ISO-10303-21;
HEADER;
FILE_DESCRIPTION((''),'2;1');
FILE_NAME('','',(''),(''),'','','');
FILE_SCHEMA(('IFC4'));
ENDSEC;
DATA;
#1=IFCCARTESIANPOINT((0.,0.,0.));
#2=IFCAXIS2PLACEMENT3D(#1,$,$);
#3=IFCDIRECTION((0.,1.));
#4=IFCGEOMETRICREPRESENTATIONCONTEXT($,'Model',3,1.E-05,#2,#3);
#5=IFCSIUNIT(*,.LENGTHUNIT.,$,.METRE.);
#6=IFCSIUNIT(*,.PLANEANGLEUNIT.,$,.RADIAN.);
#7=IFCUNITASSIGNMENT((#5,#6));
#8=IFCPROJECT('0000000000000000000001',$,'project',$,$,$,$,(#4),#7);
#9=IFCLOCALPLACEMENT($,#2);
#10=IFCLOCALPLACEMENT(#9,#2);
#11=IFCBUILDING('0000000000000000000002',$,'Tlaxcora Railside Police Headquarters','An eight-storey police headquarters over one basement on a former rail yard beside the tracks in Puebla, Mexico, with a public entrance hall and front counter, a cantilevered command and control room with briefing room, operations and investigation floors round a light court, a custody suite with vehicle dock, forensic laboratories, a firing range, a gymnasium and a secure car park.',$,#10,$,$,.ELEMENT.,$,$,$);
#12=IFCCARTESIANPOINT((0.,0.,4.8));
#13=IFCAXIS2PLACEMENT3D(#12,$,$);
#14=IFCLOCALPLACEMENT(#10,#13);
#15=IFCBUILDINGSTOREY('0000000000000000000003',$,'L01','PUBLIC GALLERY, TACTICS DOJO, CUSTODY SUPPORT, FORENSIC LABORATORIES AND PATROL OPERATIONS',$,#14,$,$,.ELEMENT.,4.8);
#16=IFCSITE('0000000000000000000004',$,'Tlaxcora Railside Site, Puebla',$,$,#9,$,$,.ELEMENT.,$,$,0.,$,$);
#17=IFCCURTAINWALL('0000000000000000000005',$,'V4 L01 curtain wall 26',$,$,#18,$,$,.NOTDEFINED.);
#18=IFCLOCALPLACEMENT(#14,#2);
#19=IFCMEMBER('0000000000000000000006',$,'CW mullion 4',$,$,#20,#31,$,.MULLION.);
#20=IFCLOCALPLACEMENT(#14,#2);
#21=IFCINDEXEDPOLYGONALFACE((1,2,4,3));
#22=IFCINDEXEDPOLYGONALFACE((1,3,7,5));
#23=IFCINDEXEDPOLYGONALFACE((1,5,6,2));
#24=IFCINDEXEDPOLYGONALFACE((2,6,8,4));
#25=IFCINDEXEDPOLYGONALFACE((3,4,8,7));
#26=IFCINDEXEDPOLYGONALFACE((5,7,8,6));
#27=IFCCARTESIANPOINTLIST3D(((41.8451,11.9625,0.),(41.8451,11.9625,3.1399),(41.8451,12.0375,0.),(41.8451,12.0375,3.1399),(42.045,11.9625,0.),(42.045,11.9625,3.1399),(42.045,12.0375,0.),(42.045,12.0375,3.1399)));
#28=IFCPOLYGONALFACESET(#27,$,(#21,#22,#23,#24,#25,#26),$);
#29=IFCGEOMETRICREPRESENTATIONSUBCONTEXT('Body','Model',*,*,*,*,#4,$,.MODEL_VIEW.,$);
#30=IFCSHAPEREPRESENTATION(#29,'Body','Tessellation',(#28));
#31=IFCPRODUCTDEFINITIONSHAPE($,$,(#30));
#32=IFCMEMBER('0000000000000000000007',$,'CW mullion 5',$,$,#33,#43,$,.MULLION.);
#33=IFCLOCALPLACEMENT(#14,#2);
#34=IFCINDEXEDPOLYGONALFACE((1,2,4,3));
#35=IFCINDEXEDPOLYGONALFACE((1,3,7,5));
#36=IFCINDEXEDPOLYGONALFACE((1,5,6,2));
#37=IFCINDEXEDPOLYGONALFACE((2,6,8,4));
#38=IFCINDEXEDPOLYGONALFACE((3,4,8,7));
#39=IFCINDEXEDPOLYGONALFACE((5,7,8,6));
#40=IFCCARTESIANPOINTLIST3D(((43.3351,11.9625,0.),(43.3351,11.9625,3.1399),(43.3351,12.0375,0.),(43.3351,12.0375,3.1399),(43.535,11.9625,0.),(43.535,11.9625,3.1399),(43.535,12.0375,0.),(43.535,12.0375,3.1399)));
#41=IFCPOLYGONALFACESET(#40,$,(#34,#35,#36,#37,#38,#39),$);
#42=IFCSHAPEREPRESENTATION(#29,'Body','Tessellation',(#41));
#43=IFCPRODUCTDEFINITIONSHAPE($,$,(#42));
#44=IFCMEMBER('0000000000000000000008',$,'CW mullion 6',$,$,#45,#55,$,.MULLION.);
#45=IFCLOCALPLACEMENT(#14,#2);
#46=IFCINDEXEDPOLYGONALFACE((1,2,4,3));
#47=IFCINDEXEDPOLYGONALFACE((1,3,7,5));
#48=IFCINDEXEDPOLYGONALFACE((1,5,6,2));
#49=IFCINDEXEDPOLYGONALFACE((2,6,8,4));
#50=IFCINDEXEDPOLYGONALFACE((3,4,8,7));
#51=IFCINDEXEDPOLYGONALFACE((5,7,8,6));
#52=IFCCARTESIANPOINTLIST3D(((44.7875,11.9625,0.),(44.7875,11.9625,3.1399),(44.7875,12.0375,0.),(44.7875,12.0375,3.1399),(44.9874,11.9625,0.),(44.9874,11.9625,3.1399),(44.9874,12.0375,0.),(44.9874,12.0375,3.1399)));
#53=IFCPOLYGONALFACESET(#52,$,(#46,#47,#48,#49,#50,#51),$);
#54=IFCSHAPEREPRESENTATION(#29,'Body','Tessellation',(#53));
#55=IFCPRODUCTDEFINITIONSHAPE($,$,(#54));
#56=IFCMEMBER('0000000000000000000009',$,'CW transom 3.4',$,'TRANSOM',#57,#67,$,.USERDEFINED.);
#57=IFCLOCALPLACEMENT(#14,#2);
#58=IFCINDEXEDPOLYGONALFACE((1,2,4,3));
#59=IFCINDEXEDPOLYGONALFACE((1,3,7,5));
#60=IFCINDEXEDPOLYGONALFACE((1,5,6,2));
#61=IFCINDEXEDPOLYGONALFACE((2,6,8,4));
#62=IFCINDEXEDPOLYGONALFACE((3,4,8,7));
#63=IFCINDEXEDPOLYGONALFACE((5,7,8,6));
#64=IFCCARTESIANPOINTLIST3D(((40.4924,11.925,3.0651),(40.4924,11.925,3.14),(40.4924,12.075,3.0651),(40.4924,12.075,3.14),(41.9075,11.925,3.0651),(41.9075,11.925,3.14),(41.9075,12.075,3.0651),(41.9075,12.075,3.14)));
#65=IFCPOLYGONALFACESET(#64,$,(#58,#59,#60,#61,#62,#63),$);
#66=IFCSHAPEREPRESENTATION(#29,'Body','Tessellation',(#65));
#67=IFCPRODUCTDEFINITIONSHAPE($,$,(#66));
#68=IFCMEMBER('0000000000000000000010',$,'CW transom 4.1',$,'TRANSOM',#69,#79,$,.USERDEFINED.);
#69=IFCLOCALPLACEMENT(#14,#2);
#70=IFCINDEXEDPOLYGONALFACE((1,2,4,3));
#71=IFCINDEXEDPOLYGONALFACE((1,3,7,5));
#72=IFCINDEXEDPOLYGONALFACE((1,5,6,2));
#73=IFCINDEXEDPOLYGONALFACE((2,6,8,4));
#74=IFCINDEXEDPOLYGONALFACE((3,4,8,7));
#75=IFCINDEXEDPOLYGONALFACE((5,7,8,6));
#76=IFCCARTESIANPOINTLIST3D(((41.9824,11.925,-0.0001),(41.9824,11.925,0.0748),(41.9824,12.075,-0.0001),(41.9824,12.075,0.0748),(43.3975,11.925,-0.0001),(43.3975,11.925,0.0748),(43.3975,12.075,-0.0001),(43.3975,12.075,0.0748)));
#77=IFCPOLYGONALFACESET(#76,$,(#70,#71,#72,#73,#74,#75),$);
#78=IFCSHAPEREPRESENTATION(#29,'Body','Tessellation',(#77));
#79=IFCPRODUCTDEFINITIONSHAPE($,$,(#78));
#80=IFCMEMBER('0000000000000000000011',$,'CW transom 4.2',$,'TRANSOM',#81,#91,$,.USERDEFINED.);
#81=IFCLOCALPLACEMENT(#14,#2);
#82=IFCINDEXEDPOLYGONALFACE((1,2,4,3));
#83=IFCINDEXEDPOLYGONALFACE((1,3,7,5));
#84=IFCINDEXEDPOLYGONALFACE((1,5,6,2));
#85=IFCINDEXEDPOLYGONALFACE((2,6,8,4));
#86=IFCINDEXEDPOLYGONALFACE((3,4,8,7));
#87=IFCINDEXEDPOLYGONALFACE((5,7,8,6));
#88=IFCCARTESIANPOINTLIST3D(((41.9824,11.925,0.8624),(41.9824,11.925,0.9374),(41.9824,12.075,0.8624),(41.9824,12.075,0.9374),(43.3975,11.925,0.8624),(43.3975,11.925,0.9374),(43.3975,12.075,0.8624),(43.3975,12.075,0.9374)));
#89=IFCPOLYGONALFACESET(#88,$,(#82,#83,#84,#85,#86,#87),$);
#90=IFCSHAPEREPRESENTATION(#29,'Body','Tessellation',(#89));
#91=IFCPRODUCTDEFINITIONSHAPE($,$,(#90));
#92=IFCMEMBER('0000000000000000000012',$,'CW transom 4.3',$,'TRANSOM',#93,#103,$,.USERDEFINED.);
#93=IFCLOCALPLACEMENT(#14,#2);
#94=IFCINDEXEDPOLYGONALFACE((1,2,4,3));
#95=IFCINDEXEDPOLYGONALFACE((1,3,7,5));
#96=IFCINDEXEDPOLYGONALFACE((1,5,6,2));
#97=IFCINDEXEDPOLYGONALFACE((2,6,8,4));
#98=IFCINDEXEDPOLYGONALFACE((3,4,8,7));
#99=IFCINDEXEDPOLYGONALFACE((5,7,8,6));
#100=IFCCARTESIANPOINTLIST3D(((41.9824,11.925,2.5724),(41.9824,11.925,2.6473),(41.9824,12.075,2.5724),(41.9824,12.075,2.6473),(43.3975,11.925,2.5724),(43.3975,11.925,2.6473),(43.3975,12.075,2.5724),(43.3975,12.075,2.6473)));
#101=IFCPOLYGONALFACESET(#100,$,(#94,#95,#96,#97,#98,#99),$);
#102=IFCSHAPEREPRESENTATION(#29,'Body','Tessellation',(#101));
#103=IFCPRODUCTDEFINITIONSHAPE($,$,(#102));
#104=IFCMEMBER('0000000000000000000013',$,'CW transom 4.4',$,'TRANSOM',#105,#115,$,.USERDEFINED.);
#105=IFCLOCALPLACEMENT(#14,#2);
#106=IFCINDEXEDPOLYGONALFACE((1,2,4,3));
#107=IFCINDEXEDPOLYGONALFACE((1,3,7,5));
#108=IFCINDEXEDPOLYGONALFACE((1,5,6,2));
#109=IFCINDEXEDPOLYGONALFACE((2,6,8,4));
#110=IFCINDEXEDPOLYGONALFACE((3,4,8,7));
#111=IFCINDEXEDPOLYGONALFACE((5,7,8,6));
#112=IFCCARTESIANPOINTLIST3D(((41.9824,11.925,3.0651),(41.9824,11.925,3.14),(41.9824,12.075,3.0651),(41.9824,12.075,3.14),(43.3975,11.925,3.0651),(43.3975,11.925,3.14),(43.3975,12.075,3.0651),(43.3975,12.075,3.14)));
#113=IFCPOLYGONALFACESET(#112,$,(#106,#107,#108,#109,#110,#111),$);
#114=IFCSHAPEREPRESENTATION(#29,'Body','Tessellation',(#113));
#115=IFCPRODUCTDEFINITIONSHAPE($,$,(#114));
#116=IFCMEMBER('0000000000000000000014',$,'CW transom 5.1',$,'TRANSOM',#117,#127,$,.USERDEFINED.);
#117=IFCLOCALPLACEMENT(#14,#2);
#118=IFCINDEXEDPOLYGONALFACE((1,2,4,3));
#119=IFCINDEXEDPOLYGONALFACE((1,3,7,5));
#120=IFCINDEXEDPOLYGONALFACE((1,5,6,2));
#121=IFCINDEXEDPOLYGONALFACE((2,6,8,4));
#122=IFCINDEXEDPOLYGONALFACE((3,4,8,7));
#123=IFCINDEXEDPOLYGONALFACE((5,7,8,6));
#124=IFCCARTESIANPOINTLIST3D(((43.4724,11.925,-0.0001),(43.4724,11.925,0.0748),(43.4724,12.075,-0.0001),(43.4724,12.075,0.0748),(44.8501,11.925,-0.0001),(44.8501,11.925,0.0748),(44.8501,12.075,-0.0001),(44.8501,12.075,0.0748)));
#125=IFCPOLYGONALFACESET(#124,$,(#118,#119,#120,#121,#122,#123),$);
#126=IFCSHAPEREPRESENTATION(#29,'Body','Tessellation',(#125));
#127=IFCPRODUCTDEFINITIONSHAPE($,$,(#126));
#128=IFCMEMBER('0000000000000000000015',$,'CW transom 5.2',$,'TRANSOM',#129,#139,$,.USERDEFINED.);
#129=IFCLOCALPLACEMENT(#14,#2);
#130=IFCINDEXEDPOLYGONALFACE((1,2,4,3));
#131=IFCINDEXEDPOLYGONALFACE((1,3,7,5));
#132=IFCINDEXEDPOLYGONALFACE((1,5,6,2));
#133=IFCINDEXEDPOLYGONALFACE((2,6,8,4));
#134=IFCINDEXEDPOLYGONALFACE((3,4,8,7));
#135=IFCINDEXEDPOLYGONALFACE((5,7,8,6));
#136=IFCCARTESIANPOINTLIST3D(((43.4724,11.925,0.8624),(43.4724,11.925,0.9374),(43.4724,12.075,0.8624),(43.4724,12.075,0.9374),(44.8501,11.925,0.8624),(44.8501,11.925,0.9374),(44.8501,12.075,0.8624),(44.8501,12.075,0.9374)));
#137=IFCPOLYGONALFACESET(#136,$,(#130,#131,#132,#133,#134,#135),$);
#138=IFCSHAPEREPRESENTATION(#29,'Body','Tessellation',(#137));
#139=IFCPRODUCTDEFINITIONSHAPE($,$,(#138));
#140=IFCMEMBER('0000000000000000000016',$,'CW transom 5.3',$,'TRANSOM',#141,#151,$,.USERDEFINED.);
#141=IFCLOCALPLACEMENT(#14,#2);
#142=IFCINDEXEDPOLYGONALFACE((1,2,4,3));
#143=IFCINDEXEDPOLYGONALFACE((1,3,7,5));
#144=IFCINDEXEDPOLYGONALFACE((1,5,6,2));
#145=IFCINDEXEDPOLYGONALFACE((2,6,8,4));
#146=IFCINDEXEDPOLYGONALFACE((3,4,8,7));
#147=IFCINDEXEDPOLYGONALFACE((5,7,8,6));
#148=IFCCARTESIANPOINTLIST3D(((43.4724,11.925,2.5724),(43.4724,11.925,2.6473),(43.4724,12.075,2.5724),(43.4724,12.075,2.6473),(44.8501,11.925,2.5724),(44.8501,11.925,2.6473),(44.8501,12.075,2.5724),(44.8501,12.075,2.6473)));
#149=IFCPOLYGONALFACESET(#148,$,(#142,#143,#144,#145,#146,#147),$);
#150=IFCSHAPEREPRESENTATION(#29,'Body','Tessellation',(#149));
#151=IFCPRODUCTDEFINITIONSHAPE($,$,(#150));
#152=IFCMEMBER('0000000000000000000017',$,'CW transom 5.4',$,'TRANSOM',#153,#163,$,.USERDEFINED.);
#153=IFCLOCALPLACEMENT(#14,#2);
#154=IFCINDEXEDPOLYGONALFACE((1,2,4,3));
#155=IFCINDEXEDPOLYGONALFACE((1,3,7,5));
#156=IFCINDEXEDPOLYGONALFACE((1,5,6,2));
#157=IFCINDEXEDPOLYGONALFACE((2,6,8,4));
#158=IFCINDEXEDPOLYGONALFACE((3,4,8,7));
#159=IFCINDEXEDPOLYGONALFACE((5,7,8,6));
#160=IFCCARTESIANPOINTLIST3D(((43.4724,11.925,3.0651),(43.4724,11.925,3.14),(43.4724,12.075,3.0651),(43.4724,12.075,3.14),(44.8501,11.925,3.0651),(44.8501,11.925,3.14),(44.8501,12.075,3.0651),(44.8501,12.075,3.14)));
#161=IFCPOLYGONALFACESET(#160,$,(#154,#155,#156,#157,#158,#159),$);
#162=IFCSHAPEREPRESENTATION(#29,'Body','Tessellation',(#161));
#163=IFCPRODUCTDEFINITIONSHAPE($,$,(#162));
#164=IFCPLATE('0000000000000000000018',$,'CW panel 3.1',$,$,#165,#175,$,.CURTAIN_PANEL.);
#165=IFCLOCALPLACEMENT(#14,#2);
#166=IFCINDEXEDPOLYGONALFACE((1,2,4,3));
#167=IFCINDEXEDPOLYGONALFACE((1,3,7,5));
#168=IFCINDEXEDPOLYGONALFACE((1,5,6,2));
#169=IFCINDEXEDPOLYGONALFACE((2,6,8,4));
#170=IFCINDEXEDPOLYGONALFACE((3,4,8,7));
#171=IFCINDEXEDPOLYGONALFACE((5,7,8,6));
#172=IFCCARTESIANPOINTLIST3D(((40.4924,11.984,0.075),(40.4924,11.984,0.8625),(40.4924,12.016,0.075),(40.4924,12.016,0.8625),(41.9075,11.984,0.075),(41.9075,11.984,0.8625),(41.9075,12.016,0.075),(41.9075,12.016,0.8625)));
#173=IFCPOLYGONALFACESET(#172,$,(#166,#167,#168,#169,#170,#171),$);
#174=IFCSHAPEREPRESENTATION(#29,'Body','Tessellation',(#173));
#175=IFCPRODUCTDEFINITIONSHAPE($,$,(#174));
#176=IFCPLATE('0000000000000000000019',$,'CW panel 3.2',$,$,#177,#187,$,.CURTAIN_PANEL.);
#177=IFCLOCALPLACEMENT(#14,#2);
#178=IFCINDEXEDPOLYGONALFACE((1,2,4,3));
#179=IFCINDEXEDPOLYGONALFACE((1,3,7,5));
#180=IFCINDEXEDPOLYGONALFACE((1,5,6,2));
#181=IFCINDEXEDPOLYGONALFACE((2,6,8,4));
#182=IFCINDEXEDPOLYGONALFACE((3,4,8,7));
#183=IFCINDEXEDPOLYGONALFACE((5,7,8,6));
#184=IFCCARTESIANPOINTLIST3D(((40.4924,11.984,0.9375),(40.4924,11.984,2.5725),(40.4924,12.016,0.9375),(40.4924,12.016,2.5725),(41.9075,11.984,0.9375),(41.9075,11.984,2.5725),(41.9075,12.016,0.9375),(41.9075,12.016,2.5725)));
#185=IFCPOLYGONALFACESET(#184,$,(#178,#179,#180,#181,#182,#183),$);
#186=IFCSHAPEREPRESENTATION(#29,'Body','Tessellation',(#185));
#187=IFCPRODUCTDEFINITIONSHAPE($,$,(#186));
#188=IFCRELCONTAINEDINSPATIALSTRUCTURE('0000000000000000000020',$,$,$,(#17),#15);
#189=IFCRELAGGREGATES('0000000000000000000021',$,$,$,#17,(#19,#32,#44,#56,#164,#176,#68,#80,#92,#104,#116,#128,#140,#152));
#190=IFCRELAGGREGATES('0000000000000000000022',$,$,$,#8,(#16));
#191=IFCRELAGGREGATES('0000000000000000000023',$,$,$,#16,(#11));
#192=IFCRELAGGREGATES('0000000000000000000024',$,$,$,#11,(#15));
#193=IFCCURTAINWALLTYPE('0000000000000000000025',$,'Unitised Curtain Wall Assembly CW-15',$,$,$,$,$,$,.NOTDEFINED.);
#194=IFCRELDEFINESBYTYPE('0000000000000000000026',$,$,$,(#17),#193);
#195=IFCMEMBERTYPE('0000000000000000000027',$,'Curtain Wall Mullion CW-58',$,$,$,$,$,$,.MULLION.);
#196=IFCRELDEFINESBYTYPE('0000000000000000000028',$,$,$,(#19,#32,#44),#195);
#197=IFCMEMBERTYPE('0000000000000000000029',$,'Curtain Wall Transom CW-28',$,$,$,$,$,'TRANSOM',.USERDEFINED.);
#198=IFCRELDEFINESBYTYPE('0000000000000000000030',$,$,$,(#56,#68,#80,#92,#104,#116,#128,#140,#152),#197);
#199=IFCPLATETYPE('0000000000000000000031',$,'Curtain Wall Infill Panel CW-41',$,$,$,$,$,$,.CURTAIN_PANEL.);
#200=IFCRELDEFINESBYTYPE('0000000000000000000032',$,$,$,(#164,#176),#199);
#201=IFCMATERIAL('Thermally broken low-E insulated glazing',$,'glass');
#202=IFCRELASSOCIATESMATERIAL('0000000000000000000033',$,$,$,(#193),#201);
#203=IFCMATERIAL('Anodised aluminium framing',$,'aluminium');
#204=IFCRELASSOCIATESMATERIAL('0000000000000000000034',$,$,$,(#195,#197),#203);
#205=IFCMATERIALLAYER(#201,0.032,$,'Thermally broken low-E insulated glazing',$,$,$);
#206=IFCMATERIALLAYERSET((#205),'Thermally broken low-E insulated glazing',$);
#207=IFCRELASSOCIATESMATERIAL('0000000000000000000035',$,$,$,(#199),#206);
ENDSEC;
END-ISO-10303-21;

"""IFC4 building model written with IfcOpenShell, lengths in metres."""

from ifc_helpers import new_model, si_unit, direction, frame, origin, origin_2d, place, context, subcontext, project, spatial, rectangle, extrude, material, layer, layer_set, material_profile, profile_set, type_object, element, aggregate, save


model = new_model("IFC4")

# Units and contexts
model_context = context("Model", 3, precision=1e-05, world=origin(), true_north=direction((0.0, 1.0)))
body_context = subcontext(model_context, "Body", "Model", "MODEL_VIEW")
ifc_project = project(units=[si_unit("LENGTHUNIT", "METRE"), si_unit("PLANEANGLEUNIT", "RADIAN")], contexts=[model_context])

# Site, building, storey
site_placement = place(None, origin())
site = spatial("IfcSite", under=ifc_project, at=site_placement, Name="Tlaxcora Railside Site, Puebla", CompositionType="ELEMENT", RefElevation=0.0)
building_placement = place(site_placement, origin())
building = spatial("IfcBuilding", under=site, at=building_placement, Name="Tlaxcora Railside Police Headquarters", Description="An eight-storey police headquarters over one basement on a former rail yard beside the tracks in Puebla, Mexico, with a public entrance hall and front counter, a cantilevered command and control room with briefing room, operations and investigation floors round a light court, a custody suite with vehicle dock, forensic laboratories, a firing range, a gymnasium and a secure car park.", CompositionType="ELEMENT")
storey_placement = place(building_placement, frame((0.0, 0.0, 4.8)))
storey = spatial("IfcBuildingStorey", under=building, at=storey_placement, Name="L01", Description="PUBLIC GALLERY, TACTICS DOJO, CUSTODY SUPPORT, FORENSIC LABORATORIES AND PATROL OPERATIONS", CompositionType="ELEMENT", Elevation=4.8)

# Curtain wall, members, plates
ifc_material_1 = material(Name="Thermally broken low-E insulated glazing", Category="glass")
curtain_wall_type = type_object("IfcCurtainWallType", Name="Unitised Curtain Wall Assembly CW-15", PredefinedType="NOTDEFINED", material=ifc_material_1)
curtain_wall_placement = place(storey_placement, origin())
curtain_wall = element("IfcCurtainWall", 1, at=curtain_wall_placement, inside=storey, type_object=curtain_wall_type, Name="V4 L01 curtain wall 26", PredefinedType="NOTDEFINED")
ifc_material_2 = material(Name="Anodised aluminium framing", Category="aluminium")
ifc_material_profile_1 = material_profile(ifc_material_2, rectangle(XDim=0.075, YDim=0.2, at=origin_2d()), Name="AL75X200")
ifc_profile_set_1 = profile_set([ifc_material_profile_1], Name="Anodised aluminium framing")
member_type_1 = type_object("IfcMemberType", Name="Curtain Wall Mullion CW-58", PredefinedType="MULLION", material=ifc_profile_set_1)
member_1_placement = place(storey_placement, frame((41.9451, 12.0, 0.0), z_axis=(0.0, 0.0, 1.0), x_axis=(0.0, 1.0, 0.0)))
member_1 = element("IfcMember", 2, at=member_1_placement, type_object=member_type_1, Name="CW mullion 4", PredefinedType="MULLION", context=body_context, shape_type="SweptSolid", body=[
    extrude(rectangle(XDim=0.075, YDim=0.2, at=origin_2d()), origin(), (0.0, 0.0, 1.0), 3.1399),
])
member_2_placement = place(storey_placement, frame((43.4351, 12.0, 0.0), z_axis=(0.0, 0.0, 1.0), x_axis=(0.0, 1.0, 0.0)))
member_2 = element("IfcMember", 3, at=member_2_placement, type_object=member_type_1, Name="CW mullion 5", PredefinedType="MULLION", context=body_context, shape_type="SweptSolid", body=[
    extrude(rectangle(XDim=0.075, YDim=0.2, at=origin_2d()), origin(), (0.0, 0.0, 1.0), 3.1399),
])
member_3_placement = place(storey_placement, frame((44.8875, 12.0, 0.0), z_axis=(0.0, 0.0, 1.0), x_axis=(0.0, 1.0, 0.0)))
member_3 = element("IfcMember", 4, at=member_3_placement, type_object=member_type_1, Name="CW mullion 6", PredefinedType="MULLION", context=body_context, shape_type="SweptSolid", body=[
    extrude(rectangle(XDim=0.075, YDim=0.2, at=origin_2d()), origin(), (0.0, 0.0, 1.0), 3.1399),
])
ifc_material_profile_2 = material_profile(ifc_material_2, rectangle(XDim=0.1499, YDim=0.075, at=origin_2d()), Name="AL75X150")
ifc_profile_set_2 = profile_set([ifc_material_profile_2], Name="Anodised aluminium framing")
member_type_2 = type_object("IfcMemberType", Name="Curtain Wall Transom CW-28", ElementType="TRANSOM", PredefinedType="USERDEFINED", material=ifc_profile_set_2)
member_4_placement = place(storey_placement, frame((40.4924, 12.0, 3.1025), z_axis=(1.0, 0.0, 0.0), x_axis=(0.0, 1.0, 0.0)))
member_4 = element("IfcMember", 5, at=member_4_placement, type_object=member_type_2, Name="CW transom 3.4", ObjectType="TRANSOM", PredefinedType="USERDEFINED", context=body_context, shape_type="SweptSolid", body=[
    extrude(rectangle(XDim=0.1499, YDim=0.075, at=origin_2d()), origin(), (0.0, 0.0, 1.0), 1.415),
])
member_5_placement = place(storey_placement, frame((41.9824, 12.0, 0.0374), z_axis=(1.0, 0.0, 0.0), x_axis=(0.0, 1.0, 0.0)))
member_5 = element("IfcMember", 6, at=member_5_placement, type_object=member_type_2, Name="CW transom 4.1", ObjectType="TRANSOM", PredefinedType="USERDEFINED", context=body_context, shape_type="SweptSolid", body=[
    extrude(rectangle(XDim=0.1499, YDim=0.075, at=origin_2d()), origin(), (0.0, 0.0, 1.0), 1.415),
])
member_6_placement = place(storey_placement, frame((41.9824, 12.0, 0.8999), z_axis=(1.0, 0.0, 0.0), x_axis=(0.0, 1.0, 0.0)))
member_6 = element("IfcMember", 7, at=member_6_placement, type_object=member_type_2, Name="CW transom 4.2", ObjectType="TRANSOM", PredefinedType="USERDEFINED", context=body_context, shape_type="SweptSolid", body=[
    extrude(rectangle(XDim=0.1499, YDim=0.075, at=origin_2d()), origin(), (0.0, 0.0, 1.0), 1.415),
])
member_7_placement = place(storey_placement, frame((41.9824, 12.0, 2.6099), z_axis=(1.0, 0.0, 0.0), x_axis=(0.0, 1.0, 0.0)))
member_7 = element("IfcMember", 8, at=member_7_placement, type_object=member_type_2, Name="CW transom 4.3", ObjectType="TRANSOM", PredefinedType="USERDEFINED", context=body_context, shape_type="SweptSolid", body=[
    extrude(rectangle(XDim=0.1499, YDim=0.075, at=origin_2d()), origin(), (0.0, 0.0, 1.0), 1.415),
])
member_8_placement = place(storey_placement, frame((41.9824, 12.0, 3.1025), z_axis=(1.0, 0.0, 0.0), x_axis=(0.0, 1.0, 0.0)))
member_8 = element("IfcMember", 9, at=member_8_placement, type_object=member_type_2, Name="CW transom 4.4", ObjectType="TRANSOM", PredefinedType="USERDEFINED", context=body_context, shape_type="SweptSolid", body=[
    extrude(rectangle(XDim=0.1499, YDim=0.075, at=origin_2d()), origin(), (0.0, 0.0, 1.0), 1.415),
])
member_9_placement = place(storey_placement, frame((43.4724, 12.0, 0.0374), z_axis=(1.0, 0.0, 0.0), x_axis=(0.0, 1.0, 0.0)))
member_9 = element("IfcMember", 10, at=member_9_placement, type_object=member_type_2, Name="CW transom 5.1", ObjectType="TRANSOM", PredefinedType="USERDEFINED", context=body_context, shape_type="SweptSolid", body=[
    extrude(rectangle(XDim=0.1499, YDim=0.075, at=origin_2d()), origin(), (0.0, 0.0, 1.0), 1.3777),
])
member_10_placement = place(storey_placement, frame((43.4724, 12.0, 0.8999), z_axis=(1.0, 0.0, 0.0), x_axis=(0.0, 1.0, 0.0)))
member_10 = element("IfcMember", 11, at=member_10_placement, type_object=member_type_2, Name="CW transom 5.2", ObjectType="TRANSOM", PredefinedType="USERDEFINED", context=body_context, shape_type="SweptSolid", body=[
    extrude(rectangle(XDim=0.1499, YDim=0.075, at=origin_2d()), origin(), (0.0, 0.0, 1.0), 1.3777),
])
member_11_placement = place(storey_placement, frame((43.4724, 12.0, 2.6099), z_axis=(1.0, 0.0, 0.0), x_axis=(0.0, 1.0, 0.0)))
member_11 = element("IfcMember", 12, at=member_11_placement, type_object=member_type_2, Name="CW transom 5.3", ObjectType="TRANSOM", PredefinedType="USERDEFINED", context=body_context, shape_type="SweptSolid", body=[
    extrude(rectangle(XDim=0.1499, YDim=0.075, at=origin_2d()), origin(), (0.0, 0.0, 1.0), 1.3777),
])
member_12_placement = place(storey_placement, frame((43.4724, 12.0, 3.1025), z_axis=(1.0, 0.0, 0.0), x_axis=(0.0, 1.0, 0.0)))
member_12 = element("IfcMember", 13, at=member_12_placement, type_object=member_type_2, Name="CW transom 5.4", ObjectType="TRANSOM", PredefinedType="USERDEFINED", context=body_context, shape_type="SweptSolid", body=[
    extrude(rectangle(XDim=0.1499, YDim=0.075, at=origin_2d()), origin(), (0.0, 0.0, 1.0), 1.3777),
])
ifc_layer = layer(ifc_material_1, 0.032, Name="Thermally broken low-E insulated glazing")
ifc_layer_set = layer_set([ifc_layer], Name="Thermally broken low-E insulated glazing")
plate_type = type_object("IfcPlateType", Name="Curtain Wall Infill Panel CW-41", PredefinedType="CURTAIN_PANEL", material=ifc_layer_set)
plate_1_placement = place(storey_placement, frame((41.2, 12.0, 0.075), z_axis=(0.0, 0.0, 1.0), x_axis=(1.0, 0.0, 0.0)))
plate_1 = element("IfcPlate", 14, at=plate_1_placement, type_object=plate_type, Name="CW panel 3.1", PredefinedType="CURTAIN_PANEL", context=body_context, shape_type="SweptSolid", body=[
    extrude(rectangle(XDim=1.415, YDim=0.032, at=origin_2d()), origin(), (0.0, 0.0, 1.0), 0.7876),
])
plate_2_placement = place(storey_placement, frame((41.2, 12.0, 0.9375), z_axis=(0.0, 0.0, 1.0), x_axis=(1.0, 0.0, 0.0)))
plate_2 = element("IfcPlate", 15, at=plate_2_placement, type_object=plate_type, Name="CW panel 3.2", PredefinedType="CURTAIN_PANEL", context=body_context, shape_type="SweptSolid", body=[
    extrude(rectangle(XDim=1.415, YDim=0.032, at=origin_2d()), origin(), (0.0, 0.0, 1.0), 1.635),
])
aggregate(curtain_wall, [member_1, member_2, member_3, member_4, plate_1, plate_2, member_5, member_6, member_7, member_8, member_9, member_10, member_11, member_12])

save(model, "model.ifc")
